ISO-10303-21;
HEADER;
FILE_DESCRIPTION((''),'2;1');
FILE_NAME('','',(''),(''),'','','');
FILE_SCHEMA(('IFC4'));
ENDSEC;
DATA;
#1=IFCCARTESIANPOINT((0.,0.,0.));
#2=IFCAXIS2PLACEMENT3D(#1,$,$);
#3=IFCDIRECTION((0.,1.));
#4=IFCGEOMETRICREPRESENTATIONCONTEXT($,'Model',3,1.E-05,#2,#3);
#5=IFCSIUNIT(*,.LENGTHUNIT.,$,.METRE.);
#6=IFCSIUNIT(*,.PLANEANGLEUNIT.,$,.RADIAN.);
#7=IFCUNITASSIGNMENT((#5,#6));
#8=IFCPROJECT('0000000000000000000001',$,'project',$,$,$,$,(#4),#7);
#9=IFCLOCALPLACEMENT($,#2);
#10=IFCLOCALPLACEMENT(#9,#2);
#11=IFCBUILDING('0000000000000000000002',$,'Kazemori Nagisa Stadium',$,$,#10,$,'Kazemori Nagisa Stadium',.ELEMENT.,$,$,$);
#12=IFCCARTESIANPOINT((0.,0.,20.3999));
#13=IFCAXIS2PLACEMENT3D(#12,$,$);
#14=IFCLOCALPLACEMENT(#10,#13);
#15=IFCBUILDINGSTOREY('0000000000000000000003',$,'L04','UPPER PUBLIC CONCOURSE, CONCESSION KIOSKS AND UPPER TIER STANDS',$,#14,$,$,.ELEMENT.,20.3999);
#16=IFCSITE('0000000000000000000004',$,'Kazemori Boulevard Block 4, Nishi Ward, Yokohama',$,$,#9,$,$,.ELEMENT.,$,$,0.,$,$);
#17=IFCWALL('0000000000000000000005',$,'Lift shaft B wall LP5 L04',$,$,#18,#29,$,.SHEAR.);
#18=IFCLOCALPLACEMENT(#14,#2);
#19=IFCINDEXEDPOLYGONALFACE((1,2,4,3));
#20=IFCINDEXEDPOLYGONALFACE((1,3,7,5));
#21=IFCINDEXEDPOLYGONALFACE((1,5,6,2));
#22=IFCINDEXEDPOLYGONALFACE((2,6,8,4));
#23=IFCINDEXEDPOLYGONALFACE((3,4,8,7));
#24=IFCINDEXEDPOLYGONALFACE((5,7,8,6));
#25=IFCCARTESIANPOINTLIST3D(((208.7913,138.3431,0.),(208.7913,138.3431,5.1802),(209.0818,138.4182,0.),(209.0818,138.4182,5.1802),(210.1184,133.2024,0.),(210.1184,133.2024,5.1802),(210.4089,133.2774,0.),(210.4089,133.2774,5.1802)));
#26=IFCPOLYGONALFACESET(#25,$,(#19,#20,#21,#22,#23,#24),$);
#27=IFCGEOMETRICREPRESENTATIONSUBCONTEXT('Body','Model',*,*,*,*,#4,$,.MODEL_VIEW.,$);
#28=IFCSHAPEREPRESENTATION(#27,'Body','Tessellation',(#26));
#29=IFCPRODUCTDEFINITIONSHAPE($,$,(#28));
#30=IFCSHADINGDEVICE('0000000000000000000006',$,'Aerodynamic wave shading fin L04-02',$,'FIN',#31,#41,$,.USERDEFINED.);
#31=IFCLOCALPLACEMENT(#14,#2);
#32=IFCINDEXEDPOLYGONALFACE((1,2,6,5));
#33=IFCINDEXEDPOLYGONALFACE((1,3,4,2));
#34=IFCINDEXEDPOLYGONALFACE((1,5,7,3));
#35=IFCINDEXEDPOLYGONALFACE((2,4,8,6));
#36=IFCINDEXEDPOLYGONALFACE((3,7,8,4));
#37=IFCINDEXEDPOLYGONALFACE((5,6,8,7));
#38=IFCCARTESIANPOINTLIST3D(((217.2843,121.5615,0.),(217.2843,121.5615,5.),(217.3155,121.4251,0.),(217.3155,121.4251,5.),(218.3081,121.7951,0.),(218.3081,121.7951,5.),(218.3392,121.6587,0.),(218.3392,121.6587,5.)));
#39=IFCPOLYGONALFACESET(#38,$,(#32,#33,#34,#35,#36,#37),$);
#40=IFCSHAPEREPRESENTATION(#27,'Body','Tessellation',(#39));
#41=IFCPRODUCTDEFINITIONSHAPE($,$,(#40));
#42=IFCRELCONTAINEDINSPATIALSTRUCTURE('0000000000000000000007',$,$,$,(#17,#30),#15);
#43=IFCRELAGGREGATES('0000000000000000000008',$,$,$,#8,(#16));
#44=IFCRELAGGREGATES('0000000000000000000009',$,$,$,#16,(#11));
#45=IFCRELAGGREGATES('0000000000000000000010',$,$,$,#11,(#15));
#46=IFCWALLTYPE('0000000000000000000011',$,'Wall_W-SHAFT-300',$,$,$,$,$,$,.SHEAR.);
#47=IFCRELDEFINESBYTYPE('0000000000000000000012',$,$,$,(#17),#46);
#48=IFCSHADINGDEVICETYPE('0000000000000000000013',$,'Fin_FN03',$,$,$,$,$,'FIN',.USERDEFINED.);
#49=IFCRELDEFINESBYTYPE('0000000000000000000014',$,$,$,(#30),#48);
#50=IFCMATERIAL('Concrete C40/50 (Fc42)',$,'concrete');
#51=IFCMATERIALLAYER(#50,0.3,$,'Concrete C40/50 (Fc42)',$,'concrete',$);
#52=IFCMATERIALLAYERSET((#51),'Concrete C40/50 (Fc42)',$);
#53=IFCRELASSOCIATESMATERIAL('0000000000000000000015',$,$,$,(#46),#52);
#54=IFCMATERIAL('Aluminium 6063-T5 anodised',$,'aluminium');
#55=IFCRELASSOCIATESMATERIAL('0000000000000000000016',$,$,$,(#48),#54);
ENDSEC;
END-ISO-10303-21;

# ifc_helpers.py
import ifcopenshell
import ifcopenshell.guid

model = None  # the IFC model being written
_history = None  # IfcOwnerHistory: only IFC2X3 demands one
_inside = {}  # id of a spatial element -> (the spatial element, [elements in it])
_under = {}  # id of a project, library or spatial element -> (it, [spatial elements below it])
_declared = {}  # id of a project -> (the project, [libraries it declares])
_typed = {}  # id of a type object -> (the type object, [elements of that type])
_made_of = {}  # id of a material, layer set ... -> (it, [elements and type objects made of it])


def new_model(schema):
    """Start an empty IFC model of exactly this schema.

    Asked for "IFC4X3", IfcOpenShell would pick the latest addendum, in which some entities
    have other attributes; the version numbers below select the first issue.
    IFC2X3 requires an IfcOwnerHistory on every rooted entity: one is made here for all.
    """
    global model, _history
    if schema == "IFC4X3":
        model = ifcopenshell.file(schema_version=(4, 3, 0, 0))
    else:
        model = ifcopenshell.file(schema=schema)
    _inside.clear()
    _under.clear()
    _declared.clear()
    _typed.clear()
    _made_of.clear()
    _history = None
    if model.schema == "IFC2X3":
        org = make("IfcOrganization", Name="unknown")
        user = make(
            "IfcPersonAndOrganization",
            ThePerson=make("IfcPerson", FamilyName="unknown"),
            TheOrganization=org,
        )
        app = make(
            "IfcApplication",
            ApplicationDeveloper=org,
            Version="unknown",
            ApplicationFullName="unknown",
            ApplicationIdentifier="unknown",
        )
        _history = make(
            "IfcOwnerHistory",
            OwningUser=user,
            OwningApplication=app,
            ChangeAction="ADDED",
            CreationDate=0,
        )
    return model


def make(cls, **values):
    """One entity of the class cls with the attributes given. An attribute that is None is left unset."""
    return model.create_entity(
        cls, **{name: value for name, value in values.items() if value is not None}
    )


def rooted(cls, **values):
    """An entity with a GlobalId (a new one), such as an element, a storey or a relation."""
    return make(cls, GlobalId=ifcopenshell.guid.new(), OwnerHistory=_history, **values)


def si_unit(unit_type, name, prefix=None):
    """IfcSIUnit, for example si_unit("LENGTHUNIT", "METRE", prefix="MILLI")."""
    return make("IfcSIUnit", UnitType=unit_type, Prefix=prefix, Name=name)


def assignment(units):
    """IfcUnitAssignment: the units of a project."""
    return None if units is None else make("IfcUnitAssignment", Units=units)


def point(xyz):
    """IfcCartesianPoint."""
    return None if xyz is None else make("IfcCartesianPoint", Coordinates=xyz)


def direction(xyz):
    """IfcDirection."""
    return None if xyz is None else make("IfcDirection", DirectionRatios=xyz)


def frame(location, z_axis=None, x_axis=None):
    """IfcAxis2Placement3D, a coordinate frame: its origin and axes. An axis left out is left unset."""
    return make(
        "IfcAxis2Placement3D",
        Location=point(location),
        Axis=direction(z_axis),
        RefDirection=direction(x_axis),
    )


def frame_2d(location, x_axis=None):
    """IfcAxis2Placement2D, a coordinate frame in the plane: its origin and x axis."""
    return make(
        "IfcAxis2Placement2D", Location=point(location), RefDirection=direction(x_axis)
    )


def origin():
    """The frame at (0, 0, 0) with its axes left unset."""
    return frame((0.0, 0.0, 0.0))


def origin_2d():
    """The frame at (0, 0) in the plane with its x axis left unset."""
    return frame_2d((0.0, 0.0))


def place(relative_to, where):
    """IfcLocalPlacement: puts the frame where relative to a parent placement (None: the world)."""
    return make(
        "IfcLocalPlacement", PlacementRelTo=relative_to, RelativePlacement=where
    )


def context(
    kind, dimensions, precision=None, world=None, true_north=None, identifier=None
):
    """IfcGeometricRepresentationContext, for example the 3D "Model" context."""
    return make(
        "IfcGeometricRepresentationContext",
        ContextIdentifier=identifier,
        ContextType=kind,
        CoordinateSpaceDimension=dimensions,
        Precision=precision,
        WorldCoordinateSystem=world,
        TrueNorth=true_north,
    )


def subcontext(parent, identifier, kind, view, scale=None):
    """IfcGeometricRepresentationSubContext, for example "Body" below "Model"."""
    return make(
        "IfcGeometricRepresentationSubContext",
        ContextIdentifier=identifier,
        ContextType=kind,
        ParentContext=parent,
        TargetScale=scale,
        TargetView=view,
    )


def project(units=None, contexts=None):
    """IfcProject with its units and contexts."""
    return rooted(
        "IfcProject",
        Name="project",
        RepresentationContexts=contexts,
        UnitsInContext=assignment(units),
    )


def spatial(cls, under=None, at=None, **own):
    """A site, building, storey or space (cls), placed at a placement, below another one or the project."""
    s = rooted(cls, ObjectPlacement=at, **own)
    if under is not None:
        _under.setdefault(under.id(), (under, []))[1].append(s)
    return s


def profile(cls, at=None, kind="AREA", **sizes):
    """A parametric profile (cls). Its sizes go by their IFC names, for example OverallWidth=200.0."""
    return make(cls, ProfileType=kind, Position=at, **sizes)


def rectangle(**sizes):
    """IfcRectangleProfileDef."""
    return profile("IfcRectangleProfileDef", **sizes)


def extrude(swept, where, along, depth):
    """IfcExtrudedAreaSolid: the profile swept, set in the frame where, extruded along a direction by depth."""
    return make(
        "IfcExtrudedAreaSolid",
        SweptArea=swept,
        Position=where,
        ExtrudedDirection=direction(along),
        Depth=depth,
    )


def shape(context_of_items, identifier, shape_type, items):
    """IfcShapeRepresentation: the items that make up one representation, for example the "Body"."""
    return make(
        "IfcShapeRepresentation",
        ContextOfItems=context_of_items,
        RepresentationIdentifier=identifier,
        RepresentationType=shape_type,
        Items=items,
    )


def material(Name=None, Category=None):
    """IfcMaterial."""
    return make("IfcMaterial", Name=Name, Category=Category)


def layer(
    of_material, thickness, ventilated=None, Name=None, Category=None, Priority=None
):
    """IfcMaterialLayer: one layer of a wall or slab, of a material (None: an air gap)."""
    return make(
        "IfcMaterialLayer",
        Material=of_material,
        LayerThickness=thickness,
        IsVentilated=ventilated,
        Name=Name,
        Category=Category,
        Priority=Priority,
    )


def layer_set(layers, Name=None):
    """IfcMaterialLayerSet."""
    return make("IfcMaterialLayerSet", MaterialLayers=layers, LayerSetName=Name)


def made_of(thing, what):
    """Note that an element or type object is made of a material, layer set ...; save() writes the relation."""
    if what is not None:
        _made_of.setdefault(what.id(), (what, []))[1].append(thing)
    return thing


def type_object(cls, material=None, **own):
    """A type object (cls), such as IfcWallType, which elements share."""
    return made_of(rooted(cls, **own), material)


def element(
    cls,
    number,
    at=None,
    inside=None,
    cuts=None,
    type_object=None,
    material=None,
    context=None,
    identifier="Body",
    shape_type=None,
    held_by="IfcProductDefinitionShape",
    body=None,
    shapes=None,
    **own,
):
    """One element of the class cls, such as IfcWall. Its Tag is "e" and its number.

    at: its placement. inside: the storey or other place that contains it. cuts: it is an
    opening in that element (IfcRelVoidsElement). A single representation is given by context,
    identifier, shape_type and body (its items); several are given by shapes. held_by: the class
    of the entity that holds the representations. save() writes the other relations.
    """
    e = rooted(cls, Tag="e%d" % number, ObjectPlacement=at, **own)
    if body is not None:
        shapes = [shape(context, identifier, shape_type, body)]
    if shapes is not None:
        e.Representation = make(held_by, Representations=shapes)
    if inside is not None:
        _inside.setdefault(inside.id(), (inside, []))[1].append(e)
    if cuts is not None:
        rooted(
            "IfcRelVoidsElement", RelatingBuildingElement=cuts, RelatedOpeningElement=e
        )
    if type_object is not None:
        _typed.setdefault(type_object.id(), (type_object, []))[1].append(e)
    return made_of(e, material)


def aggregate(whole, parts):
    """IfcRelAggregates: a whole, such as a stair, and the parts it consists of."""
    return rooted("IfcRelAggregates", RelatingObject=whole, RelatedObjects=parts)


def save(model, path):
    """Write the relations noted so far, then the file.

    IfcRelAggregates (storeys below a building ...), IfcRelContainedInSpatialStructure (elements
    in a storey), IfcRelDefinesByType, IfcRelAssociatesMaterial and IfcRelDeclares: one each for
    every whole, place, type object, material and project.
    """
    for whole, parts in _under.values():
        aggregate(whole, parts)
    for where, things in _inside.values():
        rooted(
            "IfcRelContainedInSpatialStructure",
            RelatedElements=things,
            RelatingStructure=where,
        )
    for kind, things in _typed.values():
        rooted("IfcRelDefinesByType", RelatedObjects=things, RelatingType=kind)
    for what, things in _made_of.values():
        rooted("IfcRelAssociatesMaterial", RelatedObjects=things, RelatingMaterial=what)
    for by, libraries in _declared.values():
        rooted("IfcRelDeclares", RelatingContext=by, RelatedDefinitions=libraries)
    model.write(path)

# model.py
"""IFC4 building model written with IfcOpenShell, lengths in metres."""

from ifc_helpers import new_model, si_unit, direction, frame, frame_2d, origin, origin_2d, place, context, subcontext, project, spatial, rectangle, extrude, material, layer, layer_set, type_object, element, save


model = new_model("IFC4")

# Units and contexts
model_context = context("Model", 3, precision=1e-05, world=origin(), true_north=direction((0.0, 1.0)))
body_context = subcontext(model_context, "Body", "Model", "MODEL_VIEW")
ifc_project = project(units=[si_unit("LENGTHUNIT", "METRE"), si_unit("PLANEANGLEUNIT", "RADIAN")], contexts=[model_context])

# Site, building, storey
site_placement = place(None, origin())
site = spatial("IfcSite", under=ifc_project, at=site_placement, Name="Kazemori Boulevard Block 4, Nishi Ward, Yokohama", CompositionType="ELEMENT", RefElevation=0.0)
building_placement = place(site_placement, origin())
building = spatial("IfcBuilding", under=site, at=building_placement, Name="Kazemori Nagisa Stadium", LongName="Kazemori Nagisa Stadium", CompositionType="ELEMENT")
storey_placement = place(building_placement, frame((0.0, 0.0, 20.3999)))
storey = spatial("IfcBuildingStorey", under=building, at=storey_placement, Name="L04", Description="UPPER PUBLIC CONCOURSE, CONCESSION KIOSKS AND UPPER TIER STANDS", CompositionType="ELEMENT", Elevation=20.3999)

# Shared definitions
ifc_material_1 = material(Name="Aluminium 6063-T5 anodised", Category="aluminium")

# Shared definitions
ifc_material_2 = material(Name="Concrete C40/50 (Fc42)", Category="concrete")

# Wall
ifc_layer_1 = layer(ifc_material_2, 0.3, Name="Concrete C40/50 (Fc42)", Category="concrete")
ifc_layer_set_1 = layer_set([ifc_layer_1], Name="Concrete C40/50 (Fc42)")
wall_type_1 = type_object("IfcWallType", Name="Wall_W-SHAFT-300", PredefinedType="SHEAR", material=ifc_layer_set_1)
wall_1_placement = place(storey_placement, frame((210.2637, 133.2397, 0.0), z_axis=(0.0, 0.0, 1.0), x_axis=(-0.249961, 0.968256, 0.0)))
element("IfcWall", 1, at=wall_1_placement, inside=storey, type_object=wall_type_1, Name="Lift shaft B wall LP5 L04", PredefinedType="SHEAR", context=body_context, shape_type="SweptSolid", body=[
    extrude(rectangle(XDim=5.3093, YDim=0.3, at=frame_2d((2.6548, 0.0))), origin(), (0.0, 0.0, 1.0), 5.1802),
])

# Shading device
shading_device_type = type_object("IfcShadingDeviceType", Name="Fin_FN03", ElementType="FIN", PredefinedType="USERDEFINED", material=ifc_material_1)
shading_device_placement = place(storey_placement, frame((217.8118, 121.6101, 0.0), z_axis=(0.0, 0.0, 1.0), x_axis=(0.974928, 0.222521, 0.0)))
element("IfcShadingDevice", 2, at=shading_device_placement, inside=storey, type_object=shading_device_type, Name="Aerodynamic wave shading fin L04-02", ObjectType="FIN", PredefinedType="USERDEFINED", context=body_context, shape_type="SweptSolid", body=[
    extrude(rectangle(XDim=1.05, YDim=0.1399, at=origin_2d()), origin(), (0.0, 0.0, 1.0), 5.0),
])

save(model, "model.ifc")
